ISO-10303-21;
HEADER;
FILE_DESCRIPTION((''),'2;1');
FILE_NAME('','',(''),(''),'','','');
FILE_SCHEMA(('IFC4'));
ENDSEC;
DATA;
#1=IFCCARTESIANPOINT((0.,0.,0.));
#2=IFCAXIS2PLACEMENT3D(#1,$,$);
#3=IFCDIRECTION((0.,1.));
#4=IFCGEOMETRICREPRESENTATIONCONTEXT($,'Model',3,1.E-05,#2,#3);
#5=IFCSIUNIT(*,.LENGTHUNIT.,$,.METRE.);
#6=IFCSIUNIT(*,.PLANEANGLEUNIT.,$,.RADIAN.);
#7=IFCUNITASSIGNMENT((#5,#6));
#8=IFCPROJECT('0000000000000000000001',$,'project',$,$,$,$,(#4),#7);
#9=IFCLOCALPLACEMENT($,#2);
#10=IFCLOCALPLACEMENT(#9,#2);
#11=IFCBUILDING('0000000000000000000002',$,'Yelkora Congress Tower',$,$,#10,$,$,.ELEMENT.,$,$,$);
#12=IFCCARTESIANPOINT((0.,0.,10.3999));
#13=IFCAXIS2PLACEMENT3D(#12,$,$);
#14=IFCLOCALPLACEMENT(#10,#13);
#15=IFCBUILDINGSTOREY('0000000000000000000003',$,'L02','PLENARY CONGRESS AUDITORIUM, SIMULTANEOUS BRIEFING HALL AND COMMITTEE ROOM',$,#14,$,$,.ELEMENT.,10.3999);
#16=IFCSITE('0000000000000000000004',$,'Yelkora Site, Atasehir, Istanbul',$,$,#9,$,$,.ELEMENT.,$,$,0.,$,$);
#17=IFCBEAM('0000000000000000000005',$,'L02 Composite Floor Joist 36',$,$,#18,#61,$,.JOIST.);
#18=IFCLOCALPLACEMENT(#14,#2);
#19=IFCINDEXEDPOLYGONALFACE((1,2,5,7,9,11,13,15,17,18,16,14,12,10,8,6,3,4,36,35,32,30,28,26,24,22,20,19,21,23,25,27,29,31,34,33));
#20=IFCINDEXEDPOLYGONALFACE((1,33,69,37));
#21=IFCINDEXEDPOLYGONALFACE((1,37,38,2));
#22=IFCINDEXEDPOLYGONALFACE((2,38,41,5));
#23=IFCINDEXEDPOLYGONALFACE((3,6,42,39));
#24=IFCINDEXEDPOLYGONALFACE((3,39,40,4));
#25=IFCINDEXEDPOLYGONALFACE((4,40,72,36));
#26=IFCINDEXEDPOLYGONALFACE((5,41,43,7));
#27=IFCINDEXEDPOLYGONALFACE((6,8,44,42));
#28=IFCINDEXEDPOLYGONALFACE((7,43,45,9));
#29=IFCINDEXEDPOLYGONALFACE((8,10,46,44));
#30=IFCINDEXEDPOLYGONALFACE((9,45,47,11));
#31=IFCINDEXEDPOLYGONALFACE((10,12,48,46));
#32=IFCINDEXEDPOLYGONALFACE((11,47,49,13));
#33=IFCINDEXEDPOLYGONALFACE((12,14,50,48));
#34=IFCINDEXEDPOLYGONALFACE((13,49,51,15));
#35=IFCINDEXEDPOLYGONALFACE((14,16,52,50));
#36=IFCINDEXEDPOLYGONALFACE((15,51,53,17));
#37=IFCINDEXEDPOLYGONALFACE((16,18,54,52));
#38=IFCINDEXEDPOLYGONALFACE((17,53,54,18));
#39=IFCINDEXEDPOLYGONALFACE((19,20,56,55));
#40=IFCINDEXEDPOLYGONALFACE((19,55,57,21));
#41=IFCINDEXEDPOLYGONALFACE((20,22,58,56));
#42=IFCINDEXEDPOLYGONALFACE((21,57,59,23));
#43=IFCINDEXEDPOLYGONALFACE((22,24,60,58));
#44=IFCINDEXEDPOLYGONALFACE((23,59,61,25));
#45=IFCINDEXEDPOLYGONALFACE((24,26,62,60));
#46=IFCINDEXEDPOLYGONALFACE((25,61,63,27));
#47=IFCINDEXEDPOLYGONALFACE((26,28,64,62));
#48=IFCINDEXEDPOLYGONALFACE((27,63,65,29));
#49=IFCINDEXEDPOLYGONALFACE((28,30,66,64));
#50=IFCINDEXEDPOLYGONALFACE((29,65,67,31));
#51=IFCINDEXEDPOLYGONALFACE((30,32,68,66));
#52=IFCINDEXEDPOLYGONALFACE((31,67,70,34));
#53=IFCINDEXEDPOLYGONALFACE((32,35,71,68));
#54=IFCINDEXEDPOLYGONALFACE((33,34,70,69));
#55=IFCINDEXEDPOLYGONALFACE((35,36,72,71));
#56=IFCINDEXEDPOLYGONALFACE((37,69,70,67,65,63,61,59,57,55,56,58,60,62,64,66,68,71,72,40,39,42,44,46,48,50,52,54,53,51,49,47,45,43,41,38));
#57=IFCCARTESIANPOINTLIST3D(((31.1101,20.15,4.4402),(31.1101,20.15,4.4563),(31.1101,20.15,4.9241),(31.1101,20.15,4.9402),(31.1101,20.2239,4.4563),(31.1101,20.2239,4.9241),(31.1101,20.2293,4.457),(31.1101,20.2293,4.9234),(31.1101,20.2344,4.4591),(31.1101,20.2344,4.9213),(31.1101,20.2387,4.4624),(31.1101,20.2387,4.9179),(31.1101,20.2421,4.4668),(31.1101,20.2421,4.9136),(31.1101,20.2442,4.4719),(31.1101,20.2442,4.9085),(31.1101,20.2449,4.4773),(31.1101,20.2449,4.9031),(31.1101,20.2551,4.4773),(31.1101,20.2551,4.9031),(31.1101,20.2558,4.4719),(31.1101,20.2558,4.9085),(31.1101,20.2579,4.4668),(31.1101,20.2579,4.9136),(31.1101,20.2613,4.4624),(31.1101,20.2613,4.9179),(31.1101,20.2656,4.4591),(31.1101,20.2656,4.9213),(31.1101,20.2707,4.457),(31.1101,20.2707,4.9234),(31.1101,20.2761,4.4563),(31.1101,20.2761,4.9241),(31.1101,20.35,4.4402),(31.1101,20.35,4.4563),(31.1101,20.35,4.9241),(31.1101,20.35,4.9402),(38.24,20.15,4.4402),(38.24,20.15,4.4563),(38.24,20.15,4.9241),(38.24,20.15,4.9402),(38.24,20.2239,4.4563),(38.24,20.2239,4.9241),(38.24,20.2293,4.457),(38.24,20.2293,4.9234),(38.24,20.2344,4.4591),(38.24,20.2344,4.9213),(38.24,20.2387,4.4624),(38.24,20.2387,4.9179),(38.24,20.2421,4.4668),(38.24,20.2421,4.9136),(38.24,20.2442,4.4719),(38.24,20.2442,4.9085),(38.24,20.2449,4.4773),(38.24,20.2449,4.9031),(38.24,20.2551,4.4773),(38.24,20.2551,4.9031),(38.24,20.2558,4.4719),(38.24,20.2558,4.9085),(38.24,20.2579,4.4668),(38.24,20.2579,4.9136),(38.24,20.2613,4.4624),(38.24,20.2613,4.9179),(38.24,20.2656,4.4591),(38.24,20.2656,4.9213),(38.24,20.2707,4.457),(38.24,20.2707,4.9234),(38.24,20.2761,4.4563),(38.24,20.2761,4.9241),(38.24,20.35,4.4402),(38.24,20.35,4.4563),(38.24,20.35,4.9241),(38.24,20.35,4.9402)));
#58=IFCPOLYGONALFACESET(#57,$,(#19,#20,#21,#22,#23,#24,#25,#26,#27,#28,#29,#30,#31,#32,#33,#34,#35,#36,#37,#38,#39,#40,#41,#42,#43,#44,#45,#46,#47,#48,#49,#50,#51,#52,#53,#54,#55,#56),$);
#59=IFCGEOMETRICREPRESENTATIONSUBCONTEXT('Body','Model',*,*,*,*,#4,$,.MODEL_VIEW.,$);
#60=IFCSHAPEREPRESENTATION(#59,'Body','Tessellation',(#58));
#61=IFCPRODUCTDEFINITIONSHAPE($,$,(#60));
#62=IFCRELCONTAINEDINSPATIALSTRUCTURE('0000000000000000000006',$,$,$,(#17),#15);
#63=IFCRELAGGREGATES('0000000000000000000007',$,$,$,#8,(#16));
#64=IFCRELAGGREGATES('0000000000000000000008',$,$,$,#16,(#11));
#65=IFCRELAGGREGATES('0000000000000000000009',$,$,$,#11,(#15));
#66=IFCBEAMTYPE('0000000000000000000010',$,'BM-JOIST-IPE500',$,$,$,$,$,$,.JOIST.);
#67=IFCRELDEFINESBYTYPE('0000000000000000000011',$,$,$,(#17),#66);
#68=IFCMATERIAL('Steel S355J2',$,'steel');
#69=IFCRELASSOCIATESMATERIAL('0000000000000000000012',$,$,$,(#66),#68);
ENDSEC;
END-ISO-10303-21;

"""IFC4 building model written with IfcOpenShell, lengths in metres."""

from ifc_helpers import new_model, si_unit, direction, frame, origin, origin_2d, place, context, subcontext, project, spatial, i_section, extrude, material, material_profile, profile_set, type_object, element, save


model = new_model("IFC4")

# Units and contexts
model_context = context("Model", 3, precision=1e-05, world=origin(), true_north=direction((0.0, 1.0)))
body_context = subcontext(model_context, "Body", "Model", "MODEL_VIEW")
ifc_project = project(units=[si_unit("LENGTHUNIT", "METRE"), si_unit("PLANEANGLEUNIT", "RADIAN")], contexts=[model_context])

# Site, building, storey
site_placement = place(None, origin())
site = spatial("IfcSite", under=ifc_project, at=site_placement, Name="Yelkora Site, Atasehir, Istanbul", CompositionType="ELEMENT", RefElevation=0.0)
building_placement = place(site_placement, origin())
building = spatial("IfcBuilding", under=site, at=building_placement, Name="Yelkora Congress Tower", CompositionType="ELEMENT")
storey_placement = place(building_placement, frame((0.0, 0.0, 10.3999)))
storey = spatial("IfcBuildingStorey", under=building, at=storey_placement, Name="L02", Description="PLENARY CONGRESS AUDITORIUM, SIMULTANEOUS BRIEFING HALL AND COMMITTEE ROOM", CompositionType="ELEMENT", Elevation=10.3999)

# Beam
ifc_material_1 = material(Name="Steel S355J2", Category="steel")
ifc_material_profile_1 = material_profile(ifc_material_1, i_section(OverallWidth=0.2, OverallDepth=0.5, WebThickness=0.0103, FlangeThickness=0.0161, FilletRadius=0.021, at=origin_2d()), Name="IPE 500")
ifc_profile_set_1 = profile_set([ifc_material_profile_1], Name="Steel S355J2")
beam_type_1 = type_object("IfcBeamType", Name="BM-JOIST-IPE500", PredefinedType="JOIST", material=ifc_profile_set_1)
for number, where, z_axis, x_axis, name in (
    (1, (31.1101, 20.25, 4.6902), (1.0, 0.0, 0.0), (0.0, 1.0, 0.0), "L02 Composite Floor Joist 36"),
):
    element("IfcBeam", number, at=place(storey_placement, frame(where, z_axis=z_axis, x_axis=x_axis)), inside=storey, type_object=beam_type_1, Name=name, PredefinedType="JOIST", context=body_context, shape_type="SweptSolid", body=[
        extrude(i_section(OverallWidth=0.2, OverallDepth=0.5, WebThickness=0.0103, FlangeThickness=0.0161, FilletRadius=0.021, at=origin_2d()), origin(), (0.0, 0.0, 1.0), 7.1299),
    ])

save(model, "model.ifc")
